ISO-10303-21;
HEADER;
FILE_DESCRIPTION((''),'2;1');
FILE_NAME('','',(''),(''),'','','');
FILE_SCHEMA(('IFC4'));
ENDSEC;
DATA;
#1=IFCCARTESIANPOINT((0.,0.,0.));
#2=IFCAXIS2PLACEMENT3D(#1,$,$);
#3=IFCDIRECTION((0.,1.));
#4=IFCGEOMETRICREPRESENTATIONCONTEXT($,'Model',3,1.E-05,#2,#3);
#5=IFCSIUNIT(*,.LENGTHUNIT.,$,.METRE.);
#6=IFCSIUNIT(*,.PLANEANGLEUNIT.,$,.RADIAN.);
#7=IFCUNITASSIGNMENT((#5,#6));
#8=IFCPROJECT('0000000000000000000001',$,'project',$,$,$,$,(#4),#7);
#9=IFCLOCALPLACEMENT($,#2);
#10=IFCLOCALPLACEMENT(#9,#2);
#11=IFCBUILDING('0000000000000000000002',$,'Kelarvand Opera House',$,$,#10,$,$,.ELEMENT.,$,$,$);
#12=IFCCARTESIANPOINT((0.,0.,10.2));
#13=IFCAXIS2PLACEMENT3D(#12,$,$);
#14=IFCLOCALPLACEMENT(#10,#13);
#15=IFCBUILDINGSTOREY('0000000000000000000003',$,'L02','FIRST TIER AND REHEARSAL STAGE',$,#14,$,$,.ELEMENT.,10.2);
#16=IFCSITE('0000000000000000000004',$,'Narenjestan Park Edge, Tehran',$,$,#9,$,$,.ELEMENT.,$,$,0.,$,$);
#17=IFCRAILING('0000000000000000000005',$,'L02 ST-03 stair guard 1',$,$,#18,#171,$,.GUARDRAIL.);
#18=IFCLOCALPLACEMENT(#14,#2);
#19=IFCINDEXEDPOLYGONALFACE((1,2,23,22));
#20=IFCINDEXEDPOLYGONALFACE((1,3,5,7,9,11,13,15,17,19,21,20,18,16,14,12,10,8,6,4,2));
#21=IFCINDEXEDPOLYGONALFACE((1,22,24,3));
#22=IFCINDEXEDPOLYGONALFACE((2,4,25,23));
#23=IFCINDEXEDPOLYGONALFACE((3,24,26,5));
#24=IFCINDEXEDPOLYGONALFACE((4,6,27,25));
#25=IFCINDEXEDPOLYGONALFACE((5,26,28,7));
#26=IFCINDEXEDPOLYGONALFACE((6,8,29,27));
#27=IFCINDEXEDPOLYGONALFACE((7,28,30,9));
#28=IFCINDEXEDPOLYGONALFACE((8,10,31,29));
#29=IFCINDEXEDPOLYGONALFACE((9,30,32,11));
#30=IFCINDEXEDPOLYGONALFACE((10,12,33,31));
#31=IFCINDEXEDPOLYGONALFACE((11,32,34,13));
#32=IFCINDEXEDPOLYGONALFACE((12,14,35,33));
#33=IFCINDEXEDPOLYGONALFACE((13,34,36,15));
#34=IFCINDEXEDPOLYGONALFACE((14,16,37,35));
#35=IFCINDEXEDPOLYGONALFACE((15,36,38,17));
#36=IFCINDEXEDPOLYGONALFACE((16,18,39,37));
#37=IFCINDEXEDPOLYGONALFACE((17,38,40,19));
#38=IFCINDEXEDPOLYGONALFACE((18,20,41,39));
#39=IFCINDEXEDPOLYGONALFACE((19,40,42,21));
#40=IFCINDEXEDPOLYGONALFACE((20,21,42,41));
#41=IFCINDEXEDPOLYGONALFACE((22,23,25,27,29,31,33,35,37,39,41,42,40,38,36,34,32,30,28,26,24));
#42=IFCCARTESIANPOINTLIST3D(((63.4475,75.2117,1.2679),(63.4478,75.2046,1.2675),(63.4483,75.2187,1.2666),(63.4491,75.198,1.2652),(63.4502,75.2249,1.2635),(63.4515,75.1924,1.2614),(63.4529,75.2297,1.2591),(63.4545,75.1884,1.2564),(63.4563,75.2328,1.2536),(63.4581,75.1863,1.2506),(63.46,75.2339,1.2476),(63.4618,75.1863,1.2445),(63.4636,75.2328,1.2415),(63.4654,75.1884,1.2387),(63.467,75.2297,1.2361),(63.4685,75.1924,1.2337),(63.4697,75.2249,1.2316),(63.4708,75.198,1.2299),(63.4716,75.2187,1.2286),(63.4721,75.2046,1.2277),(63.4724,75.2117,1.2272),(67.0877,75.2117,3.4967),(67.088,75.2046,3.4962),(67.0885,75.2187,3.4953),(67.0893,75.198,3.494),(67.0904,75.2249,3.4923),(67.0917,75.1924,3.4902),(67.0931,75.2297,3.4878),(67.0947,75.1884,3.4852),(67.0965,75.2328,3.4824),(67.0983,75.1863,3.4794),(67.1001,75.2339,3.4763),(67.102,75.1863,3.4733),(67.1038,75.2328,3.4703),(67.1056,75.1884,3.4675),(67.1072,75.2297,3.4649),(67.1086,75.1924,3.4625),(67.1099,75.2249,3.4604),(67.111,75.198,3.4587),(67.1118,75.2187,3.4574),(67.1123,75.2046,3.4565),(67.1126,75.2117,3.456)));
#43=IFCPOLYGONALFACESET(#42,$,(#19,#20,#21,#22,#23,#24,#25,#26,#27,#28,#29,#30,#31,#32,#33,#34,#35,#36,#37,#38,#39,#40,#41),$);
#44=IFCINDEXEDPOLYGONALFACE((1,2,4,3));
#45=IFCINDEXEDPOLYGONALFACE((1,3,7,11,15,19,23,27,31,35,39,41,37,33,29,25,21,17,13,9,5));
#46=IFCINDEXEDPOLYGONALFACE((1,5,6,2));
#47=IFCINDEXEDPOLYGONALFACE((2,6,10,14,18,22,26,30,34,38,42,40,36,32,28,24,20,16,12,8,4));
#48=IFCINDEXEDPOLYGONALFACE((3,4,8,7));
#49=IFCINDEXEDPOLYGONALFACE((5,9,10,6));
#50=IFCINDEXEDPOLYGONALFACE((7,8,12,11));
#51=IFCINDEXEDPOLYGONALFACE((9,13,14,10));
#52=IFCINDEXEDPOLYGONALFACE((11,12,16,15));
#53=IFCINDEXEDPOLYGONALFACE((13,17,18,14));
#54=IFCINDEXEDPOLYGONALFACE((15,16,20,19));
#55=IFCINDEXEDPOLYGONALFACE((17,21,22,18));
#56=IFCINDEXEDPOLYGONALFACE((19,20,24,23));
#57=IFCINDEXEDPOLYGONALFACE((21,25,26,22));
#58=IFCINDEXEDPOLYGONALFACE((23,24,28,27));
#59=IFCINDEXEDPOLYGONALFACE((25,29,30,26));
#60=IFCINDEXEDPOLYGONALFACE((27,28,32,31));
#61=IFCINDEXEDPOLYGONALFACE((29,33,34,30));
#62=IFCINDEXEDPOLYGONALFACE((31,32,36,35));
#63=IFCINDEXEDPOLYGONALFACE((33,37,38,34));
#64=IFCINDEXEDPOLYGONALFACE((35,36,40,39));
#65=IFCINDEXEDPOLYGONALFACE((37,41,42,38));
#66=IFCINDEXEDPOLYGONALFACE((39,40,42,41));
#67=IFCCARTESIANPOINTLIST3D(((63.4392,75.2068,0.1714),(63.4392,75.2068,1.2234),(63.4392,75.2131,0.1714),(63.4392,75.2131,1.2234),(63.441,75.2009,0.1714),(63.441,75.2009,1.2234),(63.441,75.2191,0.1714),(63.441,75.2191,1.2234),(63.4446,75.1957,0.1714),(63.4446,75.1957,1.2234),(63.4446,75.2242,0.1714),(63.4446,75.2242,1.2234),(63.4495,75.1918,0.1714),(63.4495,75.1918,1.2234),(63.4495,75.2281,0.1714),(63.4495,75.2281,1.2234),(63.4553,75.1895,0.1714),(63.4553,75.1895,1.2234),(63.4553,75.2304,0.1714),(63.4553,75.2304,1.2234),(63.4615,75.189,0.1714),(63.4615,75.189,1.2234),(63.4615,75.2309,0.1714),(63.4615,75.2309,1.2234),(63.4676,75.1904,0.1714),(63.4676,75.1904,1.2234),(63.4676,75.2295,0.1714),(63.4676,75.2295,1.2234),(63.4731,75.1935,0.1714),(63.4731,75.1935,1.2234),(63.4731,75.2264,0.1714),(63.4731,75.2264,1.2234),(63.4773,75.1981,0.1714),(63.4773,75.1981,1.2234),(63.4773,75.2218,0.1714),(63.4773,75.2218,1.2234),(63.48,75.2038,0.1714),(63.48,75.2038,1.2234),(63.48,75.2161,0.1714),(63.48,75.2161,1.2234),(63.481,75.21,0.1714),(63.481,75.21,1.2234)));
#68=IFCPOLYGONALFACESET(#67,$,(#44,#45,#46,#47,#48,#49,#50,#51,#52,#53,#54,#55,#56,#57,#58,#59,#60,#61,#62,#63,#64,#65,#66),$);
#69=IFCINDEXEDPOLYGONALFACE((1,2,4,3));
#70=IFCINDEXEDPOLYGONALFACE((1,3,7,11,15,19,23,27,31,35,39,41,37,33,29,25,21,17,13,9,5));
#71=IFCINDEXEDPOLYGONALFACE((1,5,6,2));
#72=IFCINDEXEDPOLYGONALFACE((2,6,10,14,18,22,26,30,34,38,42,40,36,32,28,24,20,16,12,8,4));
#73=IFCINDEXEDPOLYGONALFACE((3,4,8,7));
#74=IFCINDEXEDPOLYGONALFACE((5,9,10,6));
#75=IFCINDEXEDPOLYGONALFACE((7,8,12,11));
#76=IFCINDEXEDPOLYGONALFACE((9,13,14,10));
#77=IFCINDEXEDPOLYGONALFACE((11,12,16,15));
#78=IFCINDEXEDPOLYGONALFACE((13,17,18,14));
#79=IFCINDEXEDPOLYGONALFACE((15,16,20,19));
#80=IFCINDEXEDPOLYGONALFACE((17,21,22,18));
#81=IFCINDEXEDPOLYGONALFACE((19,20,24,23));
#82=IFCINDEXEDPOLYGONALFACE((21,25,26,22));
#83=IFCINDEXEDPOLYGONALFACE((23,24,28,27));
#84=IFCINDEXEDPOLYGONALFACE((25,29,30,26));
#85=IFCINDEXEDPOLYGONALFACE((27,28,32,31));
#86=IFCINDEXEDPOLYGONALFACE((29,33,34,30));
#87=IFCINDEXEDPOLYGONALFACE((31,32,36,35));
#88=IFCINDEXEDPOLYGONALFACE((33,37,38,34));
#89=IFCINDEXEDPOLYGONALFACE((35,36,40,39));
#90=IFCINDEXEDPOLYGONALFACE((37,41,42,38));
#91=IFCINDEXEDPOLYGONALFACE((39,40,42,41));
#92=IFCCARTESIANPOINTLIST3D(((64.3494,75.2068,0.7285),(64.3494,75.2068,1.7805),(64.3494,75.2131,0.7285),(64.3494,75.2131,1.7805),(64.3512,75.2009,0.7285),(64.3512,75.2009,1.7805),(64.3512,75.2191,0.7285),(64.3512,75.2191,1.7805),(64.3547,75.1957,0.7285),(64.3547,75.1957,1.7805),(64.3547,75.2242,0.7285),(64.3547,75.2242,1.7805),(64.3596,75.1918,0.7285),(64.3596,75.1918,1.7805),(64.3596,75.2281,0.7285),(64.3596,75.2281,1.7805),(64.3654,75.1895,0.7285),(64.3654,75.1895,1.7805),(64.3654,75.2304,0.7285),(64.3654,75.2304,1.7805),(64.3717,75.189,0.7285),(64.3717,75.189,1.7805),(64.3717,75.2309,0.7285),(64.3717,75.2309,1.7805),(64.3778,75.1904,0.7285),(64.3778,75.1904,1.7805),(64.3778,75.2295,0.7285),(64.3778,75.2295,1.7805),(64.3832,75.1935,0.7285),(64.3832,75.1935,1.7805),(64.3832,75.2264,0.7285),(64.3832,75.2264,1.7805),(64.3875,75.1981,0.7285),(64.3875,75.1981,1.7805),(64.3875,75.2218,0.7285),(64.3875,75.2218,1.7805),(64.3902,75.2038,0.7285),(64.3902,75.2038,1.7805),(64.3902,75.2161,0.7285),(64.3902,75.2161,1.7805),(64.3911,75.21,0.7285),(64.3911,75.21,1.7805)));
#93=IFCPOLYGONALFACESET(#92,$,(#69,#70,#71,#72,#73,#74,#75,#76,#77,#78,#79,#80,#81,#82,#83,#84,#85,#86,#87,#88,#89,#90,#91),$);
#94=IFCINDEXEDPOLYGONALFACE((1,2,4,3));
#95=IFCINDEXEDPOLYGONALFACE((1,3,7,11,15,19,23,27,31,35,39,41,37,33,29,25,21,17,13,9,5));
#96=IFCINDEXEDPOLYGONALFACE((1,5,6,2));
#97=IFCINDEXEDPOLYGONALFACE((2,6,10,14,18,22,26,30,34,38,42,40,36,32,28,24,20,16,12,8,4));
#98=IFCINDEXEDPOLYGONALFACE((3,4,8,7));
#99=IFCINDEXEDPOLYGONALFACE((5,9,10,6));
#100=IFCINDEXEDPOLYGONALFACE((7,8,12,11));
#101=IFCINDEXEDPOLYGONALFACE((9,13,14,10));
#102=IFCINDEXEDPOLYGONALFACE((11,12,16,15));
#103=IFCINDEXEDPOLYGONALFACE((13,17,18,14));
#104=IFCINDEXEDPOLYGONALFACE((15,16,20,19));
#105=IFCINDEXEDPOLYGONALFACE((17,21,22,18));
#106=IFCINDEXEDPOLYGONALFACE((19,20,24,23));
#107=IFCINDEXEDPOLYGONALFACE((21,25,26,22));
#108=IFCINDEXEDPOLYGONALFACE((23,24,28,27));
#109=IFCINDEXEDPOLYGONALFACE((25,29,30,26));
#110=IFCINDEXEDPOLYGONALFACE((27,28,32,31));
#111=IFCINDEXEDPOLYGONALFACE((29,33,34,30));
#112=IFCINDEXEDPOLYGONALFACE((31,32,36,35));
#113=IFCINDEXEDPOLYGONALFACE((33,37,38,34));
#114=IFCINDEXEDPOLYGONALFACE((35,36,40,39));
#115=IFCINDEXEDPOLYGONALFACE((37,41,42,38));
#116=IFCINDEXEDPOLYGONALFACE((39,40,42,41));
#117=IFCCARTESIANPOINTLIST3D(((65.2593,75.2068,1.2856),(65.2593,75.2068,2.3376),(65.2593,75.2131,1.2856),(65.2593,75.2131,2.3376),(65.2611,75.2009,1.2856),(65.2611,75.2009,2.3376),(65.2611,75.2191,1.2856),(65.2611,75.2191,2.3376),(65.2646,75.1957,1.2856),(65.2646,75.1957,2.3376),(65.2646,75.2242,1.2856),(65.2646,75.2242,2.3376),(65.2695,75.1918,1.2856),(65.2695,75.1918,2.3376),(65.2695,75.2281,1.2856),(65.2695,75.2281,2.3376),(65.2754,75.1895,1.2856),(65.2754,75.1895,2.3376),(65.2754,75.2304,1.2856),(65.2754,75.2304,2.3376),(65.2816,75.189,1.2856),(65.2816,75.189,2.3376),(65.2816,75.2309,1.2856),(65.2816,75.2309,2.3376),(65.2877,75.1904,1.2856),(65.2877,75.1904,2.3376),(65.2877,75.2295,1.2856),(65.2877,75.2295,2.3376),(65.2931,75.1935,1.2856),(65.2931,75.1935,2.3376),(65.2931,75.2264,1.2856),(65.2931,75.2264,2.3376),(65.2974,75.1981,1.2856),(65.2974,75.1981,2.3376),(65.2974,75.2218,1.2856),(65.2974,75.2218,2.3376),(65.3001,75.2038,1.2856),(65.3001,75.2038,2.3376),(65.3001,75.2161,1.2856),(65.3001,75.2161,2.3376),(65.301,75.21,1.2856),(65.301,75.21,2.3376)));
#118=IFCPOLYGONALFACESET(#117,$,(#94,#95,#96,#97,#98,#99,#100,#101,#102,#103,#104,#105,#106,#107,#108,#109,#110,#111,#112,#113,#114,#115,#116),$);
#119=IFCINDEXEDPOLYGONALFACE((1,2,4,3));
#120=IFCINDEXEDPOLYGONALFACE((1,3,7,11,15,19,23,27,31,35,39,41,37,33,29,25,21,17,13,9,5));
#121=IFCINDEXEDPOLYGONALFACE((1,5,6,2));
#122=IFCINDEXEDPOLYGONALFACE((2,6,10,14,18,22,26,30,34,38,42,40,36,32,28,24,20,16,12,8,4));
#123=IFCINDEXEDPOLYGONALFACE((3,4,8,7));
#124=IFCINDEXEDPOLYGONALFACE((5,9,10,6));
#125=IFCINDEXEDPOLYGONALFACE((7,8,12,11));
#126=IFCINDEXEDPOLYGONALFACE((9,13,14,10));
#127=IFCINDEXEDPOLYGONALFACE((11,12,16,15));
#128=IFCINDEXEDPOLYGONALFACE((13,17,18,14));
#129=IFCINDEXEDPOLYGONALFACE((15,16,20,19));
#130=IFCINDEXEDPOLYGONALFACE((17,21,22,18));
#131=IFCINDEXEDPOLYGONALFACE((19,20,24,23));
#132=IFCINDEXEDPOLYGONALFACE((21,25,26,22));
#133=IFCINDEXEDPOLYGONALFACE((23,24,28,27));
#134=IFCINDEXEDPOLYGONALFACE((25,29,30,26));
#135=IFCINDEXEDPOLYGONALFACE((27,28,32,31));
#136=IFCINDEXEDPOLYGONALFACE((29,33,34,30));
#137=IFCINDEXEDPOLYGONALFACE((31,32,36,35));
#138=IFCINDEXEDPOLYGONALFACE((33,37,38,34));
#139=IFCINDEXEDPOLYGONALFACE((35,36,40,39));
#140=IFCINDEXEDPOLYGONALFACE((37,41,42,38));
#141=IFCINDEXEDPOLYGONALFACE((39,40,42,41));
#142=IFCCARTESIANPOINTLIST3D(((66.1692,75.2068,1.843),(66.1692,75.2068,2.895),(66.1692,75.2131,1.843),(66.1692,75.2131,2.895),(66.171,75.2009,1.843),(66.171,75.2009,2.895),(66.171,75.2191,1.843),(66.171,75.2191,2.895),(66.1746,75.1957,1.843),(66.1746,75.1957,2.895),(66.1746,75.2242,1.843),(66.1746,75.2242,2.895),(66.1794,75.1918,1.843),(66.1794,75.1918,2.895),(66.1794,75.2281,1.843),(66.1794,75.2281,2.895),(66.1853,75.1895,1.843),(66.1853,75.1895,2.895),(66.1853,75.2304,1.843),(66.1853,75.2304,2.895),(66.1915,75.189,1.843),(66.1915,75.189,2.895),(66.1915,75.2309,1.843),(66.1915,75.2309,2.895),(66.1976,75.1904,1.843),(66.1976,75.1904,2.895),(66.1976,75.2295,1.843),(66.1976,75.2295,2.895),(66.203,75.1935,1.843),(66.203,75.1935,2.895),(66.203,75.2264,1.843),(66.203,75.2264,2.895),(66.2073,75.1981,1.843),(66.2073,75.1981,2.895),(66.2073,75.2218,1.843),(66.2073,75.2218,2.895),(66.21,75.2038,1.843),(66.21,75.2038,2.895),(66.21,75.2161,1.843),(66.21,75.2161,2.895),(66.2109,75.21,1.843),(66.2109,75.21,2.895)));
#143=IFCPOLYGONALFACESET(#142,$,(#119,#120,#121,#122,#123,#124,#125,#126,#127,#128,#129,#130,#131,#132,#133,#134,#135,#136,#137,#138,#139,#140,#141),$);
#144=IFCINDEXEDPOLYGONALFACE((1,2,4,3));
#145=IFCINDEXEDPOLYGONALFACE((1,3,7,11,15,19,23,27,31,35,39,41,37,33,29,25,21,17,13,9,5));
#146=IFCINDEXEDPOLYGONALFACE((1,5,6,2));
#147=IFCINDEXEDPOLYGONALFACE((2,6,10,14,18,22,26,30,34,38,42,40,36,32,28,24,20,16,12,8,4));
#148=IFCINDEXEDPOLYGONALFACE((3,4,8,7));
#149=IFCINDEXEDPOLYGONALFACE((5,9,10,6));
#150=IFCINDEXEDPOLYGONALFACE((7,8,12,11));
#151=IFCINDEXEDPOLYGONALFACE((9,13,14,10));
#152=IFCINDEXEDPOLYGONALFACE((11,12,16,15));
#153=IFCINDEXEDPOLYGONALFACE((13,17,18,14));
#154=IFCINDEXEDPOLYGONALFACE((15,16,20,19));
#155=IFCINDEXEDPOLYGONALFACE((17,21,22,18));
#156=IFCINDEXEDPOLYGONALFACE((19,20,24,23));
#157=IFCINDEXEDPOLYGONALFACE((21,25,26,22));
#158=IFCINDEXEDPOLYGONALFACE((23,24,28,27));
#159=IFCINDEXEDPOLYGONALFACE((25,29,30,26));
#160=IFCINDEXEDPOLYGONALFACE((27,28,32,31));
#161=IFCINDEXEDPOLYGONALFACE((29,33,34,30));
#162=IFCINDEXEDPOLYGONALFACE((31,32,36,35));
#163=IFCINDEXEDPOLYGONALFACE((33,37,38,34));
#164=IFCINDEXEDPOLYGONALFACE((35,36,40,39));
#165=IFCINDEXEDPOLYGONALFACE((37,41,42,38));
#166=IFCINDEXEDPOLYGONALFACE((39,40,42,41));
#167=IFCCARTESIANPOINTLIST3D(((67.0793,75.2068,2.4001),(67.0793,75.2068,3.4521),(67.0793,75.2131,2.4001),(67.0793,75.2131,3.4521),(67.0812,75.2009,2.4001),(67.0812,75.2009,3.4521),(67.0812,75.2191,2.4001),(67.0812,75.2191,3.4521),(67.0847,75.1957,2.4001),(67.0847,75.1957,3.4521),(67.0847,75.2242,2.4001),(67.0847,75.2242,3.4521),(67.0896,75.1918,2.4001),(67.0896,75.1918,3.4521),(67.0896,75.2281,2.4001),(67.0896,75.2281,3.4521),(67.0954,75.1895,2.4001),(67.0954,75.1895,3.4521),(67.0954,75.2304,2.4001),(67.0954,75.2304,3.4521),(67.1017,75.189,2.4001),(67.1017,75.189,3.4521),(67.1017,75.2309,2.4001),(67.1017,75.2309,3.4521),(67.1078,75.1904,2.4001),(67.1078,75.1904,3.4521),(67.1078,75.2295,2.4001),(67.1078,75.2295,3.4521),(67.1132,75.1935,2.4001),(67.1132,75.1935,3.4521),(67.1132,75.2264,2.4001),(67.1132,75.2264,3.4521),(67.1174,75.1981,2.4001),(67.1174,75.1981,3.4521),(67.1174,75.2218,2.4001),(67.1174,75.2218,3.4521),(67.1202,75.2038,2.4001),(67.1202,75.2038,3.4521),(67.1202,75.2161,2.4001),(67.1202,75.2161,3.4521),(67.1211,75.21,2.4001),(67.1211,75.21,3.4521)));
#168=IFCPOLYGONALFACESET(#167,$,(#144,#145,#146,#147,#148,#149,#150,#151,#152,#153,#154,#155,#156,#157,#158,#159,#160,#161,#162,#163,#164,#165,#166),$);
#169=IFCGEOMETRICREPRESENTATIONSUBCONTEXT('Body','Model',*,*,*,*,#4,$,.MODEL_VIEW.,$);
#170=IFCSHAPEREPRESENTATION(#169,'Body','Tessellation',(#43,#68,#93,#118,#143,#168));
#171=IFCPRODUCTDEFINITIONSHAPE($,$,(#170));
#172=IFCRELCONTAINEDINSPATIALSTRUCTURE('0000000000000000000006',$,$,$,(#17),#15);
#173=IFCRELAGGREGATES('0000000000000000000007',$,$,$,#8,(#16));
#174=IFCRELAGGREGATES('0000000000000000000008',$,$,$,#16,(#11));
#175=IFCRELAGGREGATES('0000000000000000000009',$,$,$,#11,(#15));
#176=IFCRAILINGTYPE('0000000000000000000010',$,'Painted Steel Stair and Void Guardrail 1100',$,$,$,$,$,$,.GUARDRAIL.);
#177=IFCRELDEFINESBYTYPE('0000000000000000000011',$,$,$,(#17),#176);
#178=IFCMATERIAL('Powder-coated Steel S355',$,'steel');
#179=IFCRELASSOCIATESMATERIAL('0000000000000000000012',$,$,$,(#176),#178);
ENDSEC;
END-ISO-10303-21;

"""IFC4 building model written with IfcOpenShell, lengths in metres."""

from ifc_helpers import new_model, si_unit, direction, frame, origin, origin_2d, place, context, subcontext, project, spatial, circle, extrude, material, type_object, element, save


model = new_model("IFC4")

# Units and contexts
model_context = context("Model", 3, precision=1e-05, world=origin(), true_north=direction((0.0, 1.0)))
body_context = subcontext(model_context, "Body", "Model", "MODEL_VIEW")
ifc_project = project(units=[si_unit("LENGTHUNIT", "METRE"), si_unit("PLANEANGLEUNIT", "RADIAN")], contexts=[model_context])

# Site, building, storey
site_placement = place(None, origin())
site = spatial("IfcSite", under=ifc_project, at=site_placement, Name="Narenjestan Park Edge, Tehran", CompositionType="ELEMENT", RefElevation=0.0)
building_placement = place(site_placement, origin())
building = spatial("IfcBuilding", under=site, at=building_placement, Name="Kelarvand Opera House", CompositionType="ELEMENT")
storey_placement = place(building_placement, frame((0.0, 0.0, 10.2)))
storey = spatial("IfcBuildingStorey", under=building, at=storey_placement, Name="L02", Description="FIRST TIER AND REHEARSAL STAGE", CompositionType="ELEMENT", Elevation=10.2)

# Railing
ifc_material_1 = material(Name="Powder-coated Steel S355", Category="steel")
railing_type_1 = type_object("IfcRailingType", Name="Painted Steel Stair and Void Guardrail 1100", PredefinedType="GUARDRAIL", material=ifc_material_1)
railing_1_placement = place(storey_placement, frame((63.46, 75.21, 0.1714)))
element("IfcRailing", 1, at=railing_1_placement, inside=storey, type_object=railing_type_1, Name="L02 ST-03 stair guard 1", PredefinedType="GUARDRAIL", context=body_context, shape_type="SweptSolid", body=[
    extrude(circle(Radius=0.0239, at=origin_2d()), frame((0.0, 0.0, 1.0762), z_axis=(0.85284, 0.0, 0.522172), x_axis=(0.0, 1.0, 0.0)), (0.0, 0.0, 1.0), 4.2683),
    extrude(circle(Radius=0.021, at=origin_2d()), origin(), (0.0, 0.0, 1.0), 1.052),
    extrude(circle(Radius=0.021, at=origin_2d()), frame((0.9102, 0.0, 0.5571)), (0.0, 0.0, 1.0), 1.052),
    extrude(circle(Radius=0.021, at=origin_2d()), frame((1.8201, 0.0, 1.1143)), (0.0, 0.0, 1.0), 1.052),
    extrude(circle(Radius=0.021, at=origin_2d()), frame((2.73, 0.0, 1.6716)), (0.0, 0.0, 1.0), 1.052),
    extrude(circle(Radius=0.021, at=origin_2d()), frame((3.6401, 0.0, 2.2288)), (0.0, 0.0, 1.0), 1.052),
])

save(model, "model.ifc")
